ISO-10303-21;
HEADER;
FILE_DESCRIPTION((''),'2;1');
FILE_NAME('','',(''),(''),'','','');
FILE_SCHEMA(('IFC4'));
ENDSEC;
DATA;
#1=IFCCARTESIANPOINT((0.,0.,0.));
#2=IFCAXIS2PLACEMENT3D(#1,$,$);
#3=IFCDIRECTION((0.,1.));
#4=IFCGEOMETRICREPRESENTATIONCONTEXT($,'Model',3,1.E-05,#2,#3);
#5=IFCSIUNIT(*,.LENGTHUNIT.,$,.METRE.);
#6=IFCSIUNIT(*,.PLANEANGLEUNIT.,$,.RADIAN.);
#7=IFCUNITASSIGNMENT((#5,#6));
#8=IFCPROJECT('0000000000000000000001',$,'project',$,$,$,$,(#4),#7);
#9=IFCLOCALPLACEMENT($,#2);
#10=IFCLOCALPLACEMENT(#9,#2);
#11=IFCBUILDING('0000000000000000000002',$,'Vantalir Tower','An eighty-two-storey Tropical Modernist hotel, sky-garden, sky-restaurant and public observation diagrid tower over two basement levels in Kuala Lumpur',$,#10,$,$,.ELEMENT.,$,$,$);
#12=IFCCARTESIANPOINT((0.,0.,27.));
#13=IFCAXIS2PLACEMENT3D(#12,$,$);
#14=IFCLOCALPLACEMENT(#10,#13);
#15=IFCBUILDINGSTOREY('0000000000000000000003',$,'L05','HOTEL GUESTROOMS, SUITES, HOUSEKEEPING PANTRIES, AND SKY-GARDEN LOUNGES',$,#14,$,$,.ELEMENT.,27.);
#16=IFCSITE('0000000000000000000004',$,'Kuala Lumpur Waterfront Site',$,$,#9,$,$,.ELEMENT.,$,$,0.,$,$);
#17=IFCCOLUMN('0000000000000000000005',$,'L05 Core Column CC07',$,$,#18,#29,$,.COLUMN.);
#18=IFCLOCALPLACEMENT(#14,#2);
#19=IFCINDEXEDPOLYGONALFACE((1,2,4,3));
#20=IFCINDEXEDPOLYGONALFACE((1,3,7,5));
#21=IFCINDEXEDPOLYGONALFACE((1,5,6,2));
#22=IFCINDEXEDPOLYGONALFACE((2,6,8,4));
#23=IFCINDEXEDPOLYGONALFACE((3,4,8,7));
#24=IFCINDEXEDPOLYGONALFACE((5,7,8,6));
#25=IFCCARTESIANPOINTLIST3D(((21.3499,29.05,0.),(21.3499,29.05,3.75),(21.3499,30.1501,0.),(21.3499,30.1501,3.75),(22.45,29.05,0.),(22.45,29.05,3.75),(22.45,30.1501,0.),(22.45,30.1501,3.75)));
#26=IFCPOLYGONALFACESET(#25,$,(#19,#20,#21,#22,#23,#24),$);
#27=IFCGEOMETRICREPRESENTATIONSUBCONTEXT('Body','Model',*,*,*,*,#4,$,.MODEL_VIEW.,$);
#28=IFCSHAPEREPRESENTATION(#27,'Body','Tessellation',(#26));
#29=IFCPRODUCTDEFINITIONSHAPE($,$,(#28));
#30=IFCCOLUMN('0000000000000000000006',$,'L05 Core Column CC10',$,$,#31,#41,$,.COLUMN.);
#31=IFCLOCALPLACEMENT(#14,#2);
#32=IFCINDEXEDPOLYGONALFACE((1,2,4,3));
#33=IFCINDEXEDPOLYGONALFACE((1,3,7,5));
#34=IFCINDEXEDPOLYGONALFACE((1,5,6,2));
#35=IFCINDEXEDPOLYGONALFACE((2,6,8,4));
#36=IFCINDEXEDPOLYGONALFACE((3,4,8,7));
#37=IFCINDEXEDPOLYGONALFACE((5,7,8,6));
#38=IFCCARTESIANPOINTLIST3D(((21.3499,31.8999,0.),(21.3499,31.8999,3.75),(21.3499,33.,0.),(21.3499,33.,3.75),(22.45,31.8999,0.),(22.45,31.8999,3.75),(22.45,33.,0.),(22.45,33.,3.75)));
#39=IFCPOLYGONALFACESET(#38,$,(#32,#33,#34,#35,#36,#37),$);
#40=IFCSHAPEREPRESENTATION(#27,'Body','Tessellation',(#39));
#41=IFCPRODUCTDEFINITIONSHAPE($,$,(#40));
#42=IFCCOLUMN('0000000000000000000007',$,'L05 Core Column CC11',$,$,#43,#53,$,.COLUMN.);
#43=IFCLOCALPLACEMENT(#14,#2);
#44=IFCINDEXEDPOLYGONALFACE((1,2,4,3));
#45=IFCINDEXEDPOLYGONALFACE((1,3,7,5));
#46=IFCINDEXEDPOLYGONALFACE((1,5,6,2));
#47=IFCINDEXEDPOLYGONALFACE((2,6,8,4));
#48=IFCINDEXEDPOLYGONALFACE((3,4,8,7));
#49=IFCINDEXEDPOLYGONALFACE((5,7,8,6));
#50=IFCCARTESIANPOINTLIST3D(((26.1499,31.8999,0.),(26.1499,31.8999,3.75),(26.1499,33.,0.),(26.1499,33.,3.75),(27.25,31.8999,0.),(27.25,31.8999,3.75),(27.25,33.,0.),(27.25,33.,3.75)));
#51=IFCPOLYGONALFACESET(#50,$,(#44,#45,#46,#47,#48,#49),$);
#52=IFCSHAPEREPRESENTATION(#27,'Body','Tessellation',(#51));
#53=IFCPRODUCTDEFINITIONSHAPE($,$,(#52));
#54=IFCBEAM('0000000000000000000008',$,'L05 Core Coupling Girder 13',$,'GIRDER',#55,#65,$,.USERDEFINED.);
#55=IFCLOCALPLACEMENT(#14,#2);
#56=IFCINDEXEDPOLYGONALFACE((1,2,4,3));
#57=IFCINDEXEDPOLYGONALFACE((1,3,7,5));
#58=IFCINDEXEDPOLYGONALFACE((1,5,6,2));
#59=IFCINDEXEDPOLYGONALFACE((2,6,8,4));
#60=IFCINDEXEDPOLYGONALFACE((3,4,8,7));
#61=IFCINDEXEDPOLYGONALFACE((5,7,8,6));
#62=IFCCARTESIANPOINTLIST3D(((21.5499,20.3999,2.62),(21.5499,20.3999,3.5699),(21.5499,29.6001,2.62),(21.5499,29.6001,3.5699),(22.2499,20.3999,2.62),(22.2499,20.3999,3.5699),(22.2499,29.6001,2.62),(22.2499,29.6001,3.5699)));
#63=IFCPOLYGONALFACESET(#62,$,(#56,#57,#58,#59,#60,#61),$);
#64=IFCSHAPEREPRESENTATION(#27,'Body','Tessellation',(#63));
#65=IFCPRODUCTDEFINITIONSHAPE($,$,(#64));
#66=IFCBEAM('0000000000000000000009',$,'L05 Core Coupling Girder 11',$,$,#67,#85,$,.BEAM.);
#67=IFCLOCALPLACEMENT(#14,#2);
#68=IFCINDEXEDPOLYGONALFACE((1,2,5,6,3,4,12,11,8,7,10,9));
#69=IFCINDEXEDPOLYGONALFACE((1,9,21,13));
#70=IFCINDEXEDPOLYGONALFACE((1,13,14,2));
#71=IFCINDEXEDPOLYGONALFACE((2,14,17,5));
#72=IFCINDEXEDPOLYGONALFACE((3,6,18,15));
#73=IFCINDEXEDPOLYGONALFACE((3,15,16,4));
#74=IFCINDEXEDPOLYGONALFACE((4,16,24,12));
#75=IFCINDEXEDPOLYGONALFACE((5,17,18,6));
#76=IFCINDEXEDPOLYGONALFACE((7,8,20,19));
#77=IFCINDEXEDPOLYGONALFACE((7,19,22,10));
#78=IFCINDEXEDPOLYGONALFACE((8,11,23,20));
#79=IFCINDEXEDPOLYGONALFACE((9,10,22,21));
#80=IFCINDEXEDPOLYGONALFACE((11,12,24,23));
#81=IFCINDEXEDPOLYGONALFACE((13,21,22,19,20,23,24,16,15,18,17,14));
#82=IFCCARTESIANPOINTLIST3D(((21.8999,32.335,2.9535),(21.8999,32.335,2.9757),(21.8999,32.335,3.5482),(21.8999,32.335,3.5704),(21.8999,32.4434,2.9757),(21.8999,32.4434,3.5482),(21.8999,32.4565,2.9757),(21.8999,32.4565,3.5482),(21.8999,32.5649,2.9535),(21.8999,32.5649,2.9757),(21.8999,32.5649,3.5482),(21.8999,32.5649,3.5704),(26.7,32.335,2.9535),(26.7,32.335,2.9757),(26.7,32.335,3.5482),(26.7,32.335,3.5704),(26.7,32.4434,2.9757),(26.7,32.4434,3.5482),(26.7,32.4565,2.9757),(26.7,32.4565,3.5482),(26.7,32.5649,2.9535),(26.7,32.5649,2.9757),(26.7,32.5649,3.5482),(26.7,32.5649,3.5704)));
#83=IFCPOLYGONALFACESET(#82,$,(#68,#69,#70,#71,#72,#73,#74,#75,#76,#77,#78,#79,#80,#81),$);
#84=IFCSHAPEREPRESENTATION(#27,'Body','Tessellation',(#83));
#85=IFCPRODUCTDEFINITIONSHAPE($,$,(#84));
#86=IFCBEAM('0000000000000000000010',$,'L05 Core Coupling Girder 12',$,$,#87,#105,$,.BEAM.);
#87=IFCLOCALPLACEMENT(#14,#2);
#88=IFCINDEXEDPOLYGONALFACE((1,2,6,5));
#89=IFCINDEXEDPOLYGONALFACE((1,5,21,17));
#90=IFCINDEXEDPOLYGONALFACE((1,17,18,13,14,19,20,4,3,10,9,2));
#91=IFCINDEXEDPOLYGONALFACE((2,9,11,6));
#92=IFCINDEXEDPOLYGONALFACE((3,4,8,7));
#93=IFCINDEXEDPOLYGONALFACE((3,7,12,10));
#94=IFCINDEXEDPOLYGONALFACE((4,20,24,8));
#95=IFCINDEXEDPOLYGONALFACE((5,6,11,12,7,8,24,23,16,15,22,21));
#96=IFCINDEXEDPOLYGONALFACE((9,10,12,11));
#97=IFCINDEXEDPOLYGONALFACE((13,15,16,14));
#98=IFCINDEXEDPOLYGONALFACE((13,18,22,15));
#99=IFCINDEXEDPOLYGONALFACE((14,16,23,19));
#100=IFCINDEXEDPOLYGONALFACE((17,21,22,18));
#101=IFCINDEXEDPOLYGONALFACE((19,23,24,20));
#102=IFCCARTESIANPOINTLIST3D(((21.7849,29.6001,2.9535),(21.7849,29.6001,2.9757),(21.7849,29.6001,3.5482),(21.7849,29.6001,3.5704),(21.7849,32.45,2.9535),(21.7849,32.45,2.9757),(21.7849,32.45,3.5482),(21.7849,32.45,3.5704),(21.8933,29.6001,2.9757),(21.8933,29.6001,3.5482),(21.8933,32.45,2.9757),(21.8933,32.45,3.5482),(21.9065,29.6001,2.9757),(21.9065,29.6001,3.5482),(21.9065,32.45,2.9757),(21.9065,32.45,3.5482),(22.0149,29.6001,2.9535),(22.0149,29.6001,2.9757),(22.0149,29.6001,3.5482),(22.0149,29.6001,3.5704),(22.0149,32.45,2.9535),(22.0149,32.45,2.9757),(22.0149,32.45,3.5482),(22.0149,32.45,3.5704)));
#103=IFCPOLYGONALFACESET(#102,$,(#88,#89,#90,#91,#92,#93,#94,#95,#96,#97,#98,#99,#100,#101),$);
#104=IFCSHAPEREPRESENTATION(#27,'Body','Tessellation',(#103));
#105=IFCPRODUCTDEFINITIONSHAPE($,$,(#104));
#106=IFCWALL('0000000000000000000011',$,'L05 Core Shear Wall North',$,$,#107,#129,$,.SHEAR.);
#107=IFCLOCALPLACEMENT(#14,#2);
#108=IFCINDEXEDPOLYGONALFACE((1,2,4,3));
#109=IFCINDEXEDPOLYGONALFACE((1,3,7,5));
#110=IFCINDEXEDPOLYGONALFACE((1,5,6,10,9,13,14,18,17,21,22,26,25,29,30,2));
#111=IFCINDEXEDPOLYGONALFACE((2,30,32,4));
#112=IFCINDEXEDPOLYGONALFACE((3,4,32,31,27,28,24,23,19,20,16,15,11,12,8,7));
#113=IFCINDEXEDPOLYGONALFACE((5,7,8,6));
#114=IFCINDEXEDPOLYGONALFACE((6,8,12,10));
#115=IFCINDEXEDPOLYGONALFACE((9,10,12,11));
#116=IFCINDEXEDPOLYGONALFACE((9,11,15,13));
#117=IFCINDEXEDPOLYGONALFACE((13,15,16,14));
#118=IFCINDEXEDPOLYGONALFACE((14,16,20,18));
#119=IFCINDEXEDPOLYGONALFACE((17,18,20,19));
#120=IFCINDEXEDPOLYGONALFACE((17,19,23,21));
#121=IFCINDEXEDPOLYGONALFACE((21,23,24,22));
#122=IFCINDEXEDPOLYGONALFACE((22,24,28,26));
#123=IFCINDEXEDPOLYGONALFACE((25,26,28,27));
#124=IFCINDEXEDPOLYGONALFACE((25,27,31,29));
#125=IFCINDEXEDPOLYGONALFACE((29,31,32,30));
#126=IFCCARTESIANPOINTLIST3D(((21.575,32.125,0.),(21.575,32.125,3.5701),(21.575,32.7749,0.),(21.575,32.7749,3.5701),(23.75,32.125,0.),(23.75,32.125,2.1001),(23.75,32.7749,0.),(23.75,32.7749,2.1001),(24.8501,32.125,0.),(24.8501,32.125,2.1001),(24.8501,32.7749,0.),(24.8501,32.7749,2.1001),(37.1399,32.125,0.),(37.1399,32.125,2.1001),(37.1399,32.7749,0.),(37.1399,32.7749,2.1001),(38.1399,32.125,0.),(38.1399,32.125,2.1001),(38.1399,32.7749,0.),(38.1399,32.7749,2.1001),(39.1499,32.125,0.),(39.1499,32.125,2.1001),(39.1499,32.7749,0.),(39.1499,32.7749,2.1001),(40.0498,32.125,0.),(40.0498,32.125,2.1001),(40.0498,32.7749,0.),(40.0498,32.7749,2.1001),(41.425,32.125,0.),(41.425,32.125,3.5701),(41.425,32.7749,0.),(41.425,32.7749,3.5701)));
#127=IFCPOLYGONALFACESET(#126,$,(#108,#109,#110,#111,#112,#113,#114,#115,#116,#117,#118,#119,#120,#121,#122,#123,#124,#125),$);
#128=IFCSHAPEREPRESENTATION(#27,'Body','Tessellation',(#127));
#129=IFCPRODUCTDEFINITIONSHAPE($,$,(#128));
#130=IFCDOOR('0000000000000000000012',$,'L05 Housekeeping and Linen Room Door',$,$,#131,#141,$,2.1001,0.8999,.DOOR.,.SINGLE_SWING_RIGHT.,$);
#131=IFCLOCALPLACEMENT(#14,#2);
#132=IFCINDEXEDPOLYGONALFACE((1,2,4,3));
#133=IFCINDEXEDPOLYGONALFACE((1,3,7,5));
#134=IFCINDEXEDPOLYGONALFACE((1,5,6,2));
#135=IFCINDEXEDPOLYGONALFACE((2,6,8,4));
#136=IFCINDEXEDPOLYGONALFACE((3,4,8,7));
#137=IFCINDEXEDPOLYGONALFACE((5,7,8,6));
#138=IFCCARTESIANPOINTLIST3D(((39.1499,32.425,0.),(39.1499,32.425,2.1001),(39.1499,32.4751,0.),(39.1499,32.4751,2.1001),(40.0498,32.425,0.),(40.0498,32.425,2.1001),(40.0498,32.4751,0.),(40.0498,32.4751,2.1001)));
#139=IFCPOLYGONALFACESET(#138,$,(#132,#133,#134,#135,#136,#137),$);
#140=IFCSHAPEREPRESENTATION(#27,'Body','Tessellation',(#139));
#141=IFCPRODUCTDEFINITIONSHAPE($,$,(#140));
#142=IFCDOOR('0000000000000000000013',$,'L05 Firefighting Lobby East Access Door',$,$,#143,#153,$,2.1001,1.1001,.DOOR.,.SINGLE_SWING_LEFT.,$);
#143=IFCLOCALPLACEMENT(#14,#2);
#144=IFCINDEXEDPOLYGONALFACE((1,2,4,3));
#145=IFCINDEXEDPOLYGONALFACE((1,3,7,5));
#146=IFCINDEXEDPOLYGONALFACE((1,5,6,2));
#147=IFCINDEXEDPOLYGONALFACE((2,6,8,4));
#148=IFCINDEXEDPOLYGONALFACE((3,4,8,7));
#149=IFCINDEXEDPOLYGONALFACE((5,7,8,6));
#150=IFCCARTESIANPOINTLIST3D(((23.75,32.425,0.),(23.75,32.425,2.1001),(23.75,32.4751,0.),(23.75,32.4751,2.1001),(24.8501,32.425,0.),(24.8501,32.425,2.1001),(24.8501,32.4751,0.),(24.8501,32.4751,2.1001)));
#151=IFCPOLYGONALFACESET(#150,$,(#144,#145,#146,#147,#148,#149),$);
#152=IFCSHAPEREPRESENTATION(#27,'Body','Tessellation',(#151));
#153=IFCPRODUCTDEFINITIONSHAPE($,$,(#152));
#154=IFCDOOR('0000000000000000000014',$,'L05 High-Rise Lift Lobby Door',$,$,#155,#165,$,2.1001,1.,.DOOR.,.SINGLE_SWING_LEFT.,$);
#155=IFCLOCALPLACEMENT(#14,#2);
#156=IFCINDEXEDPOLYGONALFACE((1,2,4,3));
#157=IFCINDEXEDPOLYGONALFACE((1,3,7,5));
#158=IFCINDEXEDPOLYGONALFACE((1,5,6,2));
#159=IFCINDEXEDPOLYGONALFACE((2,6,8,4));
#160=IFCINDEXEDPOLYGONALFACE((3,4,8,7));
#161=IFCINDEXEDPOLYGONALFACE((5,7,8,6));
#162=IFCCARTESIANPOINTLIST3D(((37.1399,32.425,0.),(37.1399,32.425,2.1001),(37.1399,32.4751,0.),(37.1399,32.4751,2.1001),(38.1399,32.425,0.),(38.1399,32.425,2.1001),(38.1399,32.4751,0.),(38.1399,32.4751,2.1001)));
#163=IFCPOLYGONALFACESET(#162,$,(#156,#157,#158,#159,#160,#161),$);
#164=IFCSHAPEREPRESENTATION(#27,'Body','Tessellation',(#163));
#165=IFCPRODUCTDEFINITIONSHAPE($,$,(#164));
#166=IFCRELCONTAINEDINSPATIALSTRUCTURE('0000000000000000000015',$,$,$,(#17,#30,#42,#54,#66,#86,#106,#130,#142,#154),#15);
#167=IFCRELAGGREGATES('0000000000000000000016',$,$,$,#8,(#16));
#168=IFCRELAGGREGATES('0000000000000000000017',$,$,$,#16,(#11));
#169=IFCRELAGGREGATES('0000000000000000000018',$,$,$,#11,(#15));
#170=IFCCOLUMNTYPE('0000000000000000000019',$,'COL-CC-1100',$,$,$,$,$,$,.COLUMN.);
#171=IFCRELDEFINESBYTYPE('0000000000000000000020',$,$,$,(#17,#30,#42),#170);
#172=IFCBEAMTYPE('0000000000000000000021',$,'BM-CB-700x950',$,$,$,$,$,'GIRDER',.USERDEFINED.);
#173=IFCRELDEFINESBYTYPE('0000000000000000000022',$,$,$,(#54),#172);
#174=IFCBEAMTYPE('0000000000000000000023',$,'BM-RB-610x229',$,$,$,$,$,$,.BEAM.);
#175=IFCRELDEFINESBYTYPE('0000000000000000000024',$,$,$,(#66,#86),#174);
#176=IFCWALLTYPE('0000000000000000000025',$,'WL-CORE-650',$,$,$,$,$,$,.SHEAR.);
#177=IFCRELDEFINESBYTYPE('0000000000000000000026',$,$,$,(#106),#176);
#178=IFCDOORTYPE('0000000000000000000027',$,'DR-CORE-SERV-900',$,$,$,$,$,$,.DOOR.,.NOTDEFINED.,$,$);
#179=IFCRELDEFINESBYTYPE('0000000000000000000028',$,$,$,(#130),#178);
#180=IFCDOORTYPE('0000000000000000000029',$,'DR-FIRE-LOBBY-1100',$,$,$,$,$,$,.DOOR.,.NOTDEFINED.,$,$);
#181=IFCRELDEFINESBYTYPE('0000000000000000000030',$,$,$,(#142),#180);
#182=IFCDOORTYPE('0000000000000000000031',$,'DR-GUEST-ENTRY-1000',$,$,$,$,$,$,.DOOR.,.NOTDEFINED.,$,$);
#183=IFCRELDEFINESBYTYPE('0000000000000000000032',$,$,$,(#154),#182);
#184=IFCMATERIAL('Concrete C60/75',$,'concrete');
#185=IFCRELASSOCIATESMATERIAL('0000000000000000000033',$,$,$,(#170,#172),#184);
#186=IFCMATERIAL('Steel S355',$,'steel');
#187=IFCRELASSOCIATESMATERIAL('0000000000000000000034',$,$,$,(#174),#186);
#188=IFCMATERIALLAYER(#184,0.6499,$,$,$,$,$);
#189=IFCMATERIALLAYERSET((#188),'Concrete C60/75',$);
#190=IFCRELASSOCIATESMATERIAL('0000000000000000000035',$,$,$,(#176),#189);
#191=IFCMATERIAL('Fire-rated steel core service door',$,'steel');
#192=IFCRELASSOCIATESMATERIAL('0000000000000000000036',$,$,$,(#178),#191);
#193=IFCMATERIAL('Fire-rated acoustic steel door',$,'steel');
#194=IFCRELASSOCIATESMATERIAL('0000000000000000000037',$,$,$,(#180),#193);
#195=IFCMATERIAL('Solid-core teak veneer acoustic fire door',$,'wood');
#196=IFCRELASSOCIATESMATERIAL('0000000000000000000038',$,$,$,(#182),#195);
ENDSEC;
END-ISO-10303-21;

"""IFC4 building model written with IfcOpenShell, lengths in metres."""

from ifc_helpers import new_model, si_unit, direction, frame, frame_2d, origin, origin_2d, place, context, subcontext, project, spatial, rectangle, i_section, extrude, material, layer, layer_set, material_profile, profile_set, type_object, element, fill, save


model = new_model("IFC4")

# Units and contexts
model_context = context("Model", 3, precision=1e-05, world=origin(), true_north=direction((0.0, 1.0)))
body_context = subcontext(model_context, "Body", "Model", "MODEL_VIEW")
ifc_project = project(units=[si_unit("LENGTHUNIT", "METRE"), si_unit("PLANEANGLEUNIT", "RADIAN")], contexts=[model_context])

# Site, building, storey
site_placement = place(None, origin())
site = spatial("IfcSite", under=ifc_project, at=site_placement, Name="Kuala Lumpur Waterfront Site", CompositionType="ELEMENT", RefElevation=0.0)
building_placement = place(site_placement, origin())
building = spatial("IfcBuilding", under=site, at=building_placement, Name="Vantalir Tower", Description="An eighty-two-storey Tropical Modernist hotel, sky-garden, sky-restaurant and public observation diagrid tower over two basement levels in Kuala Lumpur", CompositionType="ELEMENT")
storey_placement = place(building_placement, frame((0.0, 0.0, 27.0)))
storey = spatial("IfcBuildingStorey", under=building, at=storey_placement, Name="L05", Description="HOTEL GUESTROOMS, SUITES, HOUSEKEEPING PANTRIES, AND SKY-GARDEN LOUNGES", CompositionType="ELEMENT", Elevation=27.0)

# Columns
ifc_material_1 = material(Name="Concrete C60/75", Category="concrete")
ifc_material_profile_1 = material_profile(ifc_material_1, rectangle(XDim=1.1001, YDim=1.1001, at=origin_2d()), Name="Concrete C60/75")
ifc_profile_set_1 = profile_set([ifc_material_profile_1], Name="Concrete C60/75")
column_type = type_object("IfcColumnType", Name="COL-CC-1100", PredefinedType="COLUMN", material=ifc_profile_set_1)
for number, where, z_axis, x_axis, name in (
    (1, (21.8999, 29.6001, 0.0), (0.0, 0.0, 1.0), (1.0, 0.0, 0.0), "L05 Core Column CC07"),
    (2, (21.8999, 32.45, 0.0), (0.0, 0.0, 1.0), (1.0, 0.0, 0.0), "L05 Core Column CC10"),
    (3, (26.7, 32.45, 0.0), (0.0, 0.0, 1.0), (1.0, 0.0, 0.0), "L05 Core Column CC11"),
):
    element("IfcColumn", number, at=place(storey_placement, frame(where, z_axis=z_axis, x_axis=x_axis)), inside=storey, type_object=column_type, Name=name, PredefinedType="COLUMN", context=body_context, shape_type="SweptSolid", body=[
        extrude(rectangle(XDim=1.1001, YDim=1.1001, at=origin_2d()), origin(), (0.0, 0.0, 1.0), 3.75),
    ])

# Beams
ifc_material_profile_2 = material_profile(ifc_material_1, rectangle(XDim=0.7, YDim=0.95, at=origin_2d()), Name="Concrete C60/75")
ifc_profile_set_2 = profile_set([ifc_material_profile_2], Name="Concrete C60/75")
beam_type_1 = type_object("IfcBeamType", Name="BM-CB-700x950", ElementType="GIRDER", PredefinedType="USERDEFINED", material=ifc_profile_set_2)
beam_1_placement = place(storey_placement, frame((21.8999, 29.6001, 3.095), z_axis=(0.0, -1.0, 0.0), x_axis=(1.0, 0.0, 0.0)))
element("IfcBeam", 4, at=beam_1_placement, inside=storey, type_object=beam_type_1, Name="L05 Core Coupling Girder 13", ObjectType="GIRDER", PredefinedType="USERDEFINED", context=body_context, shape_type="SweptSolid", body=[
    extrude(rectangle(XDim=0.7, YDim=0.95, at=origin_2d()), origin(), (0.0, 0.0, 1.0), 9.2002),
])
ifc_material_2 = material(Name="Steel S355", Category="steel")
ifc_material_profile_3 = material_profile(ifc_material_2, i_section(OverallWidth=0.23, OverallDepth=0.6169, WebThickness=0.0132, FlangeThickness=0.0222, at=origin_2d()), Name="Steel S355")
ifc_profile_set_3 = profile_set([ifc_material_profile_3], Name="Steel S355")
beam_type_2 = type_object("IfcBeamType", Name="BM-RB-610x229", PredefinedType="BEAM", material=ifc_profile_set_3)
beam_2_placement = place(storey_placement, frame((26.7, 32.45, 3.262), z_axis=(-1.0, 0.0, 0.0), x_axis=(0.0, -1.0, 0.0)))
element("IfcBeam", 5, at=beam_2_placement, inside=storey, type_object=beam_type_2, Name="L05 Core Coupling Girder 11", PredefinedType="BEAM", context=body_context, shape_type="SweptSolid", body=[
    extrude(i_section(OverallWidth=0.23, OverallDepth=0.6169, WebThickness=0.0132, FlangeThickness=0.0222, at=origin_2d()), origin(), (0.0, 0.0, 1.0), 4.8),
])
beam_3_placement = place(storey_placement, frame((21.8999, 32.45, 3.262), z_axis=(0.0, -1.0, 0.0), x_axis=(1.0, 0.0, 0.0)))
element("IfcBeam", 6, at=beam_3_placement, inside=storey, type_object=beam_type_2, Name="L05 Core Coupling Girder 12", PredefinedType="BEAM", context=body_context, shape_type="SweptSolid", body=[
    extrude(i_section(OverallWidth=0.23, OverallDepth=0.6169, WebThickness=0.0132, FlangeThickness=0.0222, at=origin_2d()), origin(), (0.0, 0.0, 1.0), 2.8499),
])

# Wall, openings, doors
ifc_layer_1 = layer(ifc_material_1, 0.6499)
ifc_layer_set_1 = layer_set([ifc_layer_1], Name="Concrete C60/75")
wall_type_1 = type_object("IfcWallType", Name="WL-CORE-650", PredefinedType="SHEAR", material=ifc_layer_set_1)
wall_1_placement = place(storey_placement, frame((21.575, 32.45, 0.0), z_axis=(0.0, 0.0, 1.0), x_axis=(1.0, 0.0, 0.0)))
wall_1 = element("IfcWall", 7, at=wall_1_placement, inside=storey, type_object=wall_type_1, Name="L05 Core Shear Wall North", PredefinedType="SHEAR", context=body_context, shape_type="SweptSolid", body=[
    extrude(rectangle(XDim=19.8501, YDim=0.6499, at=frame_2d((9.925, 0.0))), origin(), (0.0, 0.0, 1.0), 3.5701),
])
opening_1_placement = place(wall_1_placement, frame((2.175, 0.0, 0.0)))
opening_1 = element("IfcOpeningElement", 8, at=opening_1_placement, cuts=wall_1, PredefinedType="OPENING", context=body_context, shape_type="SweptSolid", body=[
    extrude(rectangle(XDim=1.1001, YDim=2.1001, at=frame_2d((0.55, 1.05))), frame((0.0, 0.335, 0.0), z_axis=(0.0, -1.0, 0.0), x_axis=(1.0, 0.0, 0.0)), (0.0, 0.0, 1.0), 0.6699),
])
opening_2_placement = place(wall_1_placement, frame((15.5649, 0.0, 0.0)))
opening_2 = element("IfcOpeningElement", 9, at=opening_2_placement, cuts=wall_1, PredefinedType="OPENING", context=body_context, shape_type="SweptSolid", body=[
    extrude(rectangle(XDim=1.0, YDim=2.1001, at=frame_2d((0.5, 1.05))), frame((0.0, 0.335, 0.0), z_axis=(0.0, -1.0, 0.0), x_axis=(1.0, 0.0, 0.0)), (0.0, 0.0, 1.0), 0.6699),
])
opening_3_placement = place(wall_1_placement, frame((17.575, 0.0, 0.0)))
opening_3 = element("IfcOpeningElement", 10, at=opening_3_placement, cuts=wall_1, PredefinedType="OPENING", context=body_context, shape_type="SweptSolid", body=[
    extrude(rectangle(XDim=0.8999, YDim=2.1001, at=frame_2d((0.45, 1.05))), frame((0.0, 0.335, 0.0), z_axis=(0.0, -1.0, 0.0), x_axis=(1.0, 0.0, 0.0)), (0.0, 0.0, 1.0), 0.6699),
])
ifc_material_3 = material(Name="Fire-rated steel core service door", Category="steel")
door_type_1 = type_object("IfcDoorType", Name="DR-CORE-SERV-900", OperationType="NOTDEFINED", PredefinedType="DOOR", material=ifc_material_3)
door_1_placement = place(opening_3_placement, frame((0.8999, 0.0, 0.0), z_axis=(0.0, 0.0, 1.0), x_axis=(-1.0, 0.0, 0.0)))
door_1 = element("IfcDoor", 11, at=door_1_placement, inside=storey, type_object=door_type_1, Name="L05 Housekeeping and Linen Room Door", OperationType="SINGLE_SWING_RIGHT", OverallHeight=2.1001, OverallWidth=0.8999, PredefinedType="DOOR", context=body_context, shape_type="SweptSolid", body=[
    extrude(rectangle(XDim=0.8999, YDim=2.1001, at=frame_2d((0.45, 1.05))), frame((0.0, 0.0249, 0.0), z_axis=(0.0, -1.0, 0.0), x_axis=(1.0, 0.0, 0.0)), (0.0, 0.0, 1.0), 0.05),
])
fill(opening_3, door_1)
ifc_material_4 = material(Name="Fire-rated acoustic steel door", Category="steel")
door_type_2 = type_object("IfcDoorType", Name="DR-FIRE-LOBBY-1100", OperationType="NOTDEFINED", PredefinedType="DOOR", material=ifc_material_4)
door_2_placement = place(opening_1_placement, frame((1.1001, 0.0, 0.0), z_axis=(0.0, 0.0, 1.0), x_axis=(-1.0, 0.0, 0.0)))
door_2 = element("IfcDoor", 12, at=door_2_placement, inside=storey, type_object=door_type_2, Name="L05 Firefighting Lobby East Access Door", OperationType="SINGLE_SWING_LEFT", OverallHeight=2.1001, OverallWidth=1.1001, PredefinedType="DOOR", context=body_context, shape_type="SweptSolid", body=[
    extrude(rectangle(XDim=1.1001, YDim=2.1001, at=frame_2d((0.55, 1.05))), frame((0.0, 0.0249, 0.0), z_axis=(0.0, -1.0, 0.0), x_axis=(1.0, 0.0, 0.0)), (0.0, 0.0, 1.0), 0.05),
])
fill(opening_1, door_2)
ifc_material_5 = material(Name="Solid-core teak veneer acoustic fire door", Category="wood")
door_type_3 = type_object("IfcDoorType", Name="DR-GUEST-ENTRY-1000", OperationType="NOTDEFINED", PredefinedType="DOOR", material=ifc_material_5)
door_3_placement = place(opening_2_placement, frame((1.0, 0.0, 0.0), z_axis=(0.0, 0.0, 1.0), x_axis=(-1.0, 0.0, 0.0)))
door_3 = element("IfcDoor", 13, at=door_3_placement, inside=storey, type_object=door_type_3, Name="L05 High-Rise Lift Lobby Door", OperationType="SINGLE_SWING_LEFT", OverallHeight=2.1001, OverallWidth=1.0, PredefinedType="DOOR", context=body_context, shape_type="SweptSolid", body=[
    extrude(rectangle(XDim=1.0, YDim=2.1001, at=frame_2d((0.5, 1.05))), frame((0.0, 0.0249, 0.0), z_axis=(0.0, -1.0, 0.0), x_axis=(1.0, 0.0, 0.0)), (0.0, 0.0, 1.0), 0.05),
])
fill(opening_2, door_3)

save(model, "model.ifc")
